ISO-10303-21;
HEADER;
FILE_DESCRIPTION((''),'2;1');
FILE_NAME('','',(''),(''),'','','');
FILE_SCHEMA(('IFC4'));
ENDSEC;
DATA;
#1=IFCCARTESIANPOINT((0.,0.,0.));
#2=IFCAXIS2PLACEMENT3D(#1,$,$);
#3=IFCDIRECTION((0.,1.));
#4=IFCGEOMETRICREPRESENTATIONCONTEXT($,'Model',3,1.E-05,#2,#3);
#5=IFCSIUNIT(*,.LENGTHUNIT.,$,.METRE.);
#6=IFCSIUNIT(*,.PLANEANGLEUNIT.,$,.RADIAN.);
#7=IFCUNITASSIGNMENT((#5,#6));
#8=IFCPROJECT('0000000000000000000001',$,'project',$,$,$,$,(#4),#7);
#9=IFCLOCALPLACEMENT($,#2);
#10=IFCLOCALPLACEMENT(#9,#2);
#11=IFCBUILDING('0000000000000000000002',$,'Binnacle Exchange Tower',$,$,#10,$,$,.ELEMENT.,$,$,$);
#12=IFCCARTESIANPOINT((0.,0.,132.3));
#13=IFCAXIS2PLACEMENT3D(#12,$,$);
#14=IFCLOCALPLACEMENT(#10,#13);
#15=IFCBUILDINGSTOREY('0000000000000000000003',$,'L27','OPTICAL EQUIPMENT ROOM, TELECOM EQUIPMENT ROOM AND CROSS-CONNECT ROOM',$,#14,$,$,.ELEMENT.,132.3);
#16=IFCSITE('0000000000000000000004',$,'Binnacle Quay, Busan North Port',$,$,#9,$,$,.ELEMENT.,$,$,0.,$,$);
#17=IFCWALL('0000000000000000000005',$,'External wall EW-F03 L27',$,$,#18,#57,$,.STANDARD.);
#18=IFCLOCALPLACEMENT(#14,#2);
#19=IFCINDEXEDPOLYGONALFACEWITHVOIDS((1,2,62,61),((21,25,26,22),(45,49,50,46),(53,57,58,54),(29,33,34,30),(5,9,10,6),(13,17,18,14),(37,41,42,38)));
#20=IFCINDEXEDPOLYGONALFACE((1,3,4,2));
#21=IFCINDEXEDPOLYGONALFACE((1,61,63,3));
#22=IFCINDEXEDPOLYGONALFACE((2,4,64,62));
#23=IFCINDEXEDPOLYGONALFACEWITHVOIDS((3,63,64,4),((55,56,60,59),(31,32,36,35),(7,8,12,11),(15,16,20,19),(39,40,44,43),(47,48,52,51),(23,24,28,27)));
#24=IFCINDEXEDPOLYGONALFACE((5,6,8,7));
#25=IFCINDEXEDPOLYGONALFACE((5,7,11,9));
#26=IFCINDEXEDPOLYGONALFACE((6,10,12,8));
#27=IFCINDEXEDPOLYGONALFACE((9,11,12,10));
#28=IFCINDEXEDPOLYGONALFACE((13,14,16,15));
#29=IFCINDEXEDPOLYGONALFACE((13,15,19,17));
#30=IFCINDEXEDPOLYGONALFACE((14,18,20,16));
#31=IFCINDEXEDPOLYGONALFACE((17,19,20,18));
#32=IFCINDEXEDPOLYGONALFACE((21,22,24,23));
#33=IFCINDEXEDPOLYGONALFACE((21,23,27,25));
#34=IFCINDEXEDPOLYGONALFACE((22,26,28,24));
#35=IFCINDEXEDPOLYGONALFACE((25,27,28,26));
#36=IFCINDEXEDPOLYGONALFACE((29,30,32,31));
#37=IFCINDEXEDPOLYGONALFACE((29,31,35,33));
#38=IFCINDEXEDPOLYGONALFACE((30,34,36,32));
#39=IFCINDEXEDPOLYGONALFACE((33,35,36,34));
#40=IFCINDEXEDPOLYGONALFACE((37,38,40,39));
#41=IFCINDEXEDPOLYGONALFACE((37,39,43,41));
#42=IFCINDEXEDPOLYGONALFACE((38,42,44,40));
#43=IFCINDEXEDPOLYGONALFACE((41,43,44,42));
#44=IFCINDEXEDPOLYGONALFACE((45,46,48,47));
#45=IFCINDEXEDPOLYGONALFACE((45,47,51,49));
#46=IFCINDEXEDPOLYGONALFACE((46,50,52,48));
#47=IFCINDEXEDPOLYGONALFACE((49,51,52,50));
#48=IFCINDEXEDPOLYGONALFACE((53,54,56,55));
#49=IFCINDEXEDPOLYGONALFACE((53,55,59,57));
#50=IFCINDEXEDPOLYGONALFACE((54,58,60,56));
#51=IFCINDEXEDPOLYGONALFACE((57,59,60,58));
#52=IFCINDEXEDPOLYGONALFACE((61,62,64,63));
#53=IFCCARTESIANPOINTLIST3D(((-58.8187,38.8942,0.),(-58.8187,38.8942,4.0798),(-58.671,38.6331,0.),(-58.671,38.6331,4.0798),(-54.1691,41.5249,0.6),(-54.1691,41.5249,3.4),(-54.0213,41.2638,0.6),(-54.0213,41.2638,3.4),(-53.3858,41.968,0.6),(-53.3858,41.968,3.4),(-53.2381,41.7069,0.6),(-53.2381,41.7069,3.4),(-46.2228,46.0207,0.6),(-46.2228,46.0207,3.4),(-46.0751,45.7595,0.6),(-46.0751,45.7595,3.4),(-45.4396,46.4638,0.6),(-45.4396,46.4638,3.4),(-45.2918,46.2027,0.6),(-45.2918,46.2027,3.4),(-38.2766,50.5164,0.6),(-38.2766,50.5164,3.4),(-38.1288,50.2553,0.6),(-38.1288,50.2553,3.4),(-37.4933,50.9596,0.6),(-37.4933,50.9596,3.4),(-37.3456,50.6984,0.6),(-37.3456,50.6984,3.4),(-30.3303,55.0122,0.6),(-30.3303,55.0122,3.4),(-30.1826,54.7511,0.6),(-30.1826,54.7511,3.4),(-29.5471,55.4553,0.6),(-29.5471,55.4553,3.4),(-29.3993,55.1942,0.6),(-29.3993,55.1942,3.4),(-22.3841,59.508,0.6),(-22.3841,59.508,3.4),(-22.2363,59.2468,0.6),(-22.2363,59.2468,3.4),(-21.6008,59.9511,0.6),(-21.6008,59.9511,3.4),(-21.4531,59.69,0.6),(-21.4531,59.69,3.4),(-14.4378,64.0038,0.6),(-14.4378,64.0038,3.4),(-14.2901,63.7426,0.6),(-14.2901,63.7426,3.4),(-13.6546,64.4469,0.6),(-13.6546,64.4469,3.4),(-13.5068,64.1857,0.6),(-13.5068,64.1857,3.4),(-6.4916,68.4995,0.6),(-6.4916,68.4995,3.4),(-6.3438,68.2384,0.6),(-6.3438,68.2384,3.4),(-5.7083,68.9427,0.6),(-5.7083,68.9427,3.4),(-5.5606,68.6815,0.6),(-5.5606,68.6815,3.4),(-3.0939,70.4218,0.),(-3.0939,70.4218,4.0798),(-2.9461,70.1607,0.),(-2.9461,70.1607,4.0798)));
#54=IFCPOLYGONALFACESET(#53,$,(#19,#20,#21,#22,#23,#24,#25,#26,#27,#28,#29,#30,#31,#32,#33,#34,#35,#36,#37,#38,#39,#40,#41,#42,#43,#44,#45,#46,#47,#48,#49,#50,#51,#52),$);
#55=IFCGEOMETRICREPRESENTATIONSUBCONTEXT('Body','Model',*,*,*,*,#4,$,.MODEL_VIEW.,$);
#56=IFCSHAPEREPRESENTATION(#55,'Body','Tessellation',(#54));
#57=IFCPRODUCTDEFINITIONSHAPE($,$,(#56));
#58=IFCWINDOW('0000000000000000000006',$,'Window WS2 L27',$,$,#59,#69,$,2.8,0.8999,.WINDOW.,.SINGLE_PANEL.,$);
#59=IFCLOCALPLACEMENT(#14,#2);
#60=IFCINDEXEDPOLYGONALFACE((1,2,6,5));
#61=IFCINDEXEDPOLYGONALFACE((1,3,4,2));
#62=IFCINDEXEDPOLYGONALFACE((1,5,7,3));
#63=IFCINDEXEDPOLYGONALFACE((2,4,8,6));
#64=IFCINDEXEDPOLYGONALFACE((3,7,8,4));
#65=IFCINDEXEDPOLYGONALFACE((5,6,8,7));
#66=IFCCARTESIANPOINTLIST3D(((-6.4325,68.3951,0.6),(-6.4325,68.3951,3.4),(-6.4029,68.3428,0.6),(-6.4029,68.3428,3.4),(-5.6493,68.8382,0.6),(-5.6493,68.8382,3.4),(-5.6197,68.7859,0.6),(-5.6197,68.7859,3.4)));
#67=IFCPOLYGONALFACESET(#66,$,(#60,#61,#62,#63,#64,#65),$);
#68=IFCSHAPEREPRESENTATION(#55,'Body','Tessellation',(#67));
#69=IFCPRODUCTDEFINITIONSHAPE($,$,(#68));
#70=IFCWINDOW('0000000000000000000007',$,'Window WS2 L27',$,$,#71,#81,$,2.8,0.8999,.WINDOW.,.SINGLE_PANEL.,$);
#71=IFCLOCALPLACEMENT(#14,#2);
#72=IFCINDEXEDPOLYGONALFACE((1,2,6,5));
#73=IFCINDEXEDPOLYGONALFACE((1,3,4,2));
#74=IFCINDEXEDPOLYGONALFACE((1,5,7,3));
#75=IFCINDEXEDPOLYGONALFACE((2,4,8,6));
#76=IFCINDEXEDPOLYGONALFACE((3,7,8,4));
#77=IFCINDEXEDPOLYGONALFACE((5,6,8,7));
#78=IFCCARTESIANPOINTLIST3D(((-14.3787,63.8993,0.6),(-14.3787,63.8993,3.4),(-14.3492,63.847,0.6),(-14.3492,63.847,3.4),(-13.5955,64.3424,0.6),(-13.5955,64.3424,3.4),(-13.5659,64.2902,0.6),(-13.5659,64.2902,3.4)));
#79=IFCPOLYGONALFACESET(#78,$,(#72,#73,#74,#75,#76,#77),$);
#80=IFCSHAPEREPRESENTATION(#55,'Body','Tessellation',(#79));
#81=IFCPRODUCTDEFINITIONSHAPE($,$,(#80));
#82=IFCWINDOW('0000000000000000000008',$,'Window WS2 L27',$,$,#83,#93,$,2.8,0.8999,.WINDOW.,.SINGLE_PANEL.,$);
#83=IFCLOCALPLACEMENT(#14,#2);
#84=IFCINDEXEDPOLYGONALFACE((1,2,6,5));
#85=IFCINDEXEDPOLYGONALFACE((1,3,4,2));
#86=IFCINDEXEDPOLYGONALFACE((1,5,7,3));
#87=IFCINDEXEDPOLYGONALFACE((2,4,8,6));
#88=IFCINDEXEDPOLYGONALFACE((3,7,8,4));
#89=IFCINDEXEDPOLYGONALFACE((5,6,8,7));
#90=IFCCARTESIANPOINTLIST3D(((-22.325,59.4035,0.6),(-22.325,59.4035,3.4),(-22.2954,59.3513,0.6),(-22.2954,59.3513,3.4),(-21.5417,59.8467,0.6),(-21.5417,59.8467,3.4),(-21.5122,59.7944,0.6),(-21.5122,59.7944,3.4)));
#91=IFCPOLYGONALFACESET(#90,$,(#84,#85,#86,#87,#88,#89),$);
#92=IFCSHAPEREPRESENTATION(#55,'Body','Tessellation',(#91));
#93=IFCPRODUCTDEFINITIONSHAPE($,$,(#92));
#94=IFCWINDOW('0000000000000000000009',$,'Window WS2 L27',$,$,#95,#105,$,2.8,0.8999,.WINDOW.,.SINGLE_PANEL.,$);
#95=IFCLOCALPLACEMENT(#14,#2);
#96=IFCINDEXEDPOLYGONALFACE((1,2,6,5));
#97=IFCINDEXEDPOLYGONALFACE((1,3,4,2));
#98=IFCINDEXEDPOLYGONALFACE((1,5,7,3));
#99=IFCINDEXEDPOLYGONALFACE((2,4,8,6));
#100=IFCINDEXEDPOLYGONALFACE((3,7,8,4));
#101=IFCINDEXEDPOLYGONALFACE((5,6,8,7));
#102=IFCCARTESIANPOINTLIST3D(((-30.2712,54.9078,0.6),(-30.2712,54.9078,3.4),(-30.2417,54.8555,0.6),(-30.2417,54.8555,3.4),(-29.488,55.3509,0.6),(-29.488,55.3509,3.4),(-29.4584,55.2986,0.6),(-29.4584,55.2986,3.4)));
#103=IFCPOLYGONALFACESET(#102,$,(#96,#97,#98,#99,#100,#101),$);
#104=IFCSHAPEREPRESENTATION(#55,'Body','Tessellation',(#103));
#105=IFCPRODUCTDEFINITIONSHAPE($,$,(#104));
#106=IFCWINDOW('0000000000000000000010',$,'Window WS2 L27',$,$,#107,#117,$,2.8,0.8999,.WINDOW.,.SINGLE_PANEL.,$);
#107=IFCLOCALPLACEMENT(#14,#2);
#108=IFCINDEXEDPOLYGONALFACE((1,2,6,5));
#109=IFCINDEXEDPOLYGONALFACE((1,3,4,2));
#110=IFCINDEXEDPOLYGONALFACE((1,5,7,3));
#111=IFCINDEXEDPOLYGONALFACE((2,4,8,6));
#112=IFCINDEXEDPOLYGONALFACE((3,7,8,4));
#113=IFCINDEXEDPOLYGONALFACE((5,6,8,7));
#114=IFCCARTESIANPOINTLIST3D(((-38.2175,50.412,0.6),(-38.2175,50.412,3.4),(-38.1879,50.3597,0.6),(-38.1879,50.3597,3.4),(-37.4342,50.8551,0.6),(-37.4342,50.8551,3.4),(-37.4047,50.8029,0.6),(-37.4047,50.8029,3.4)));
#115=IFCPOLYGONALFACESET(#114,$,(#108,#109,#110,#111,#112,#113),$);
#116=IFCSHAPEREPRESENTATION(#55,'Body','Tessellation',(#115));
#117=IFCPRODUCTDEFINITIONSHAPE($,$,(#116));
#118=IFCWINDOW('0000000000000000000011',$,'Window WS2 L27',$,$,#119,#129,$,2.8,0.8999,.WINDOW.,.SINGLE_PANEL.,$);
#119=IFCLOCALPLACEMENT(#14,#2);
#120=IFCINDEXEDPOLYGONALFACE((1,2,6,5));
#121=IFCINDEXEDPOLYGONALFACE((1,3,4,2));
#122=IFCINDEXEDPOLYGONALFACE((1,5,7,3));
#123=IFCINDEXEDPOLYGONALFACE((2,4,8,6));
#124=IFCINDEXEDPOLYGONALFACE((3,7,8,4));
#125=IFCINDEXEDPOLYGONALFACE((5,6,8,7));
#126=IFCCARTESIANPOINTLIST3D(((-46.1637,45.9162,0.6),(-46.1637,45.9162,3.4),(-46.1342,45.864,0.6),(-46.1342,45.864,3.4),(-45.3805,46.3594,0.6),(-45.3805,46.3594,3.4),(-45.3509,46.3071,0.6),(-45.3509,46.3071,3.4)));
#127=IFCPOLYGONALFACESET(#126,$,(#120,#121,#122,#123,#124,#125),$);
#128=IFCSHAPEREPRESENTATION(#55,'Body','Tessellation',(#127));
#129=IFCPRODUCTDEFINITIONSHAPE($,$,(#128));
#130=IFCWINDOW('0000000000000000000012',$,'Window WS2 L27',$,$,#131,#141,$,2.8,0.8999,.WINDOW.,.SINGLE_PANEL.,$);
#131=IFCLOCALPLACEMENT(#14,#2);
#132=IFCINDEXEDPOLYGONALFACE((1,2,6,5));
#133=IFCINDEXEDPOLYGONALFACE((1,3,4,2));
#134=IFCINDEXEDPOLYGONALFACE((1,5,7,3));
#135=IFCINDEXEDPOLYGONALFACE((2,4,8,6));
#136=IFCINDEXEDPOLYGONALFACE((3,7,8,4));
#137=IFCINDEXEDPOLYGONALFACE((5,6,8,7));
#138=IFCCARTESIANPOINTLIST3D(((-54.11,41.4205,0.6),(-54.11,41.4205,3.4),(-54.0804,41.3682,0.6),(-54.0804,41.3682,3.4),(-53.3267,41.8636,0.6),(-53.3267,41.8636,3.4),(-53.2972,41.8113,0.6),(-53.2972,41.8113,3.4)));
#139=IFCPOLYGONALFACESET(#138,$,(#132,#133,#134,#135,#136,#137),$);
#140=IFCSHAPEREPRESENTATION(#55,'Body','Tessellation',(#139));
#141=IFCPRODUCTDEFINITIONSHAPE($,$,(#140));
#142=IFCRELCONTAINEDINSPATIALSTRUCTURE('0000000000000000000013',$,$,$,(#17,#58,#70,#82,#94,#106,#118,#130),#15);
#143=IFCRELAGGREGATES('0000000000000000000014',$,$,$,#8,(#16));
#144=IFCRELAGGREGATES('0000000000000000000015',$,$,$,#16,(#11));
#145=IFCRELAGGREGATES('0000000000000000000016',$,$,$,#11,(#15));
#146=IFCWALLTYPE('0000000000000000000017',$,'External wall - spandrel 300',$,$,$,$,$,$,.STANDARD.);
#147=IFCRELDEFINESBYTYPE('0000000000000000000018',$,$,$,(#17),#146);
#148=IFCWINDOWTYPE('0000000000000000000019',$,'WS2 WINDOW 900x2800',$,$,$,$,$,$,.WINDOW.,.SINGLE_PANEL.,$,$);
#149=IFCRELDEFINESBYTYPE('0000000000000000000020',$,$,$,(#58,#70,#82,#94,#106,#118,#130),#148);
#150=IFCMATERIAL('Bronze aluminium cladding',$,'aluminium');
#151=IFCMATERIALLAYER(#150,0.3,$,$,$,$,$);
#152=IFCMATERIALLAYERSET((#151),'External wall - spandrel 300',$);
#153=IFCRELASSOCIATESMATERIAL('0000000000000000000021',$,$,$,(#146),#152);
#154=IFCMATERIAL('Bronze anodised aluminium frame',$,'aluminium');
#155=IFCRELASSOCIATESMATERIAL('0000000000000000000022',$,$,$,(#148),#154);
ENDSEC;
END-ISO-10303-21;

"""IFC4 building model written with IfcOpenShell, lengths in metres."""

from ifc_helpers import new_model, si_unit, direction, frame, frame_2d, origin, place, context, subcontext, project, spatial, rectangle, extrude, material, layer, layer_set, type_object, element, fill, save


model = new_model("IFC4")

# Units and contexts
model_context = context("Model", 3, precision=1e-05, world=origin(), true_north=direction((0.0, 1.0)))
body_context = subcontext(model_context, "Body", "Model", "MODEL_VIEW")
ifc_project = project(units=[si_unit("LENGTHUNIT", "METRE"), si_unit("PLANEANGLEUNIT", "RADIAN")], contexts=[model_context])

# Site, building, storey
site_placement = place(None, origin())
site = spatial("IfcSite", under=ifc_project, at=site_placement, Name="Binnacle Quay, Busan North Port", CompositionType="ELEMENT", RefElevation=0.0)
building_placement = place(site_placement, origin())
building = spatial("IfcBuilding", under=site, at=building_placement, Name="Binnacle Exchange Tower", CompositionType="ELEMENT")
storey_placement = place(building_placement, frame((0.0, 0.0, 132.3)))
storey = spatial("IfcBuildingStorey", under=building, at=storey_placement, Name="L27", Description="OPTICAL EQUIPMENT ROOM, TELECOM EQUIPMENT ROOM AND CROSS-CONNECT ROOM", CompositionType="ELEMENT", Elevation=132.3)

# Wall, openings, windows
ifc_material_1 = material(Name="Bronze aluminium cladding", Category="aluminium")
ifc_layer_1 = layer(ifc_material_1, 0.3)
ifc_layer_set_1 = layer_set([ifc_layer_1], Name="External wall - spandrel 300")
wall_type_1 = type_object("IfcWallType", Name="External wall - spandrel 300", PredefinedType="STANDARD", material=ifc_layer_set_1)
wall_1_placement = place(storey_placement, frame((-58.7449, 38.7637, 0.0), z_axis=(0.0, 0.0, 1.0), x_axis=(0.870356, 0.492423, 0.0)))
wall_1 = element("IfcWall", 1, at=wall_1_placement, inside=storey, type_object=wall_type_1, Name="External wall EW-F03 L27", PredefinedType="STANDARD", context=body_context, shape_type="SweptSolid", body=[
    extrude(rectangle(XDim=64.0254, YDim=0.3, at=frame_2d((32.0127, 0.0))), origin(), (0.0, 0.0, 1.0), 4.0798),
])
opening_1_placement = place(wall_1_placement, frame((60.1216, 0.0, 0.6001)))
opening_1 = element("IfcOpeningElement", 2, at=opening_1_placement, cuts=wall_1, PredefinedType="OPENING", context=body_context, shape_type="SweptSolid", body=[
    extrude(rectangle(XDim=0.8999, YDim=2.8, at=frame_2d((0.45, 1.3999))), frame((0.0, 0.1599, 0.0), z_axis=(0.0, -1.0, 0.0), x_axis=(1.0, 0.0, 0.0)), (0.0, 0.0, 1.0), 0.3201),
])
opening_2_placement = place(wall_1_placement, frame((50.9917, 0.0, 0.6001)))
opening_2 = element("IfcOpeningElement", 3, at=opening_2_placement, cuts=wall_1, PredefinedType="OPENING", context=body_context, shape_type="SweptSolid", body=[
    extrude(rectangle(XDim=0.8999, YDim=2.8, at=frame_2d((0.45, 1.3999))), frame((0.0, 0.1599, 0.0), z_axis=(0.0, -1.0, 0.0), x_axis=(1.0, 0.0, 0.0)), (0.0, 0.0, 1.0), 0.3201),
])
opening_3_placement = place(wall_1_placement, frame((41.8618, 0.0, 0.6001)))
opening_3 = element("IfcOpeningElement", 4, at=opening_3_placement, cuts=wall_1, PredefinedType="OPENING", context=body_context, shape_type="SweptSolid", body=[
    extrude(rectangle(XDim=0.8999, YDim=2.8, at=frame_2d((0.45, 1.3999))), frame((0.0, 0.1599, 0.0), z_axis=(0.0, -1.0, 0.0), x_axis=(1.0, 0.0, 0.0)), (0.0, 0.0, 1.0), 0.3201),
])
opening_4_placement = place(wall_1_placement, frame((32.7319, 0.0, 0.6001)))
opening_4 = element("IfcOpeningElement", 5, at=opening_4_placement, cuts=wall_1, PredefinedType="OPENING", context=body_context, shape_type="SweptSolid", body=[
    extrude(rectangle(XDim=0.8999, YDim=2.8, at=frame_2d((0.45, 1.3999))), frame((0.0, 0.1599, 0.0), z_axis=(0.0, -1.0, 0.0), x_axis=(1.0, 0.0, 0.0)), (0.0, 0.0, 1.0), 0.3201),
])
opening_5_placement = place(wall_1_placement, frame((23.6021, 0.0, 0.6001)))
opening_5 = element("IfcOpeningElement", 6, at=opening_5_placement, cuts=wall_1, PredefinedType="OPENING", context=body_context, shape_type="SweptSolid", body=[
    extrude(rectangle(XDim=0.8999, YDim=2.8, at=frame_2d((0.45, 1.3999))), frame((0.0, 0.1599, 0.0), z_axis=(0.0, -1.0, 0.0), x_axis=(1.0, 0.0, 0.0)), (0.0, 0.0, 1.0), 0.3201),
])
opening_6_placement = place(wall_1_placement, frame((14.4722, 0.0, 0.6001)))
opening_6 = element("IfcOpeningElement", 7, at=opening_6_placement, cuts=wall_1, PredefinedType="OPENING", context=body_context, shape_type="SweptSolid", body=[
    extrude(rectangle(XDim=0.8999, YDim=2.8, at=frame_2d((0.45, 1.3999))), frame((0.0, 0.1599, 0.0), z_axis=(0.0, -1.0, 0.0), x_axis=(1.0, 0.0, 0.0)), (0.0, 0.0, 1.0), 0.3201),
])
opening_7_placement = place(wall_1_placement, frame((5.3423, 0.0, 0.6001)))
opening_7 = element("IfcOpeningElement", 8, at=opening_7_placement, cuts=wall_1, PredefinedType="OPENING", context=body_context, shape_type="SweptSolid", body=[
    extrude(rectangle(XDim=0.8999, YDim=2.8, at=frame_2d((0.45, 1.3999))), frame((0.0, 0.1599, 0.0), z_axis=(0.0, -1.0, 0.0), x_axis=(1.0, 0.0, 0.0)), (0.0, 0.0, 1.0), 0.3201),
])
ifc_material_2 = material(Name="Bronze anodised aluminium frame", Category="aluminium")
window_type = type_object("IfcWindowType", Name="WS2 WINDOW 900x2800", PartitioningType="SINGLE_PANEL", PredefinedType="WINDOW", material=ifc_material_2)
window_1_placement = place(opening_1_placement, origin())
window_1 = element("IfcWindow", 9, at=window_1_placement, inside=storey, type_object=window_type, Name="Window WS2 L27", OverallHeight=2.8, OverallWidth=0.8999, PartitioningType="SINGLE_PANEL", PredefinedType="WINDOW", context=body_context, shape_type="SweptSolid", body=[
    extrude(rectangle(XDim=0.8999, YDim=2.8, at=frame_2d((0.45, 1.3999))), frame((0.0, 0.03, 0.0), z_axis=(0.0, -1.0, 0.0), x_axis=(1.0, 0.0, 0.0)), (0.0, 0.0, 1.0), 0.0601),
])
fill(opening_1, window_1)
window_2_placement = place(opening_2_placement, origin())
window_2 = element("IfcWindow", 10, at=window_2_placement, inside=storey, type_object=window_type, Name="Window WS2 L27", OverallHeight=2.8, OverallWidth=0.8999, PartitioningType="SINGLE_PANEL", PredefinedType="WINDOW", context=body_context, shape_type="SweptSolid", body=[
    extrude(rectangle(XDim=0.8999, YDim=2.8, at=frame_2d((0.45, 1.3999))), frame((0.0, 0.03, 0.0), z_axis=(0.0, -1.0, 0.0), x_axis=(1.0, 0.0, 0.0)), (0.0, 0.0, 1.0), 0.0601),
])
fill(opening_2, window_2)
window_3_placement = place(opening_3_placement, origin())
window_3 = element("IfcWindow", 11, at=window_3_placement, inside=storey, type_object=window_type, Name="Window WS2 L27", OverallHeight=2.8, OverallWidth=0.8999, PartitioningType="SINGLE_PANEL", PredefinedType="WINDOW", context=body_context, shape_type="SweptSolid", body=[
    extrude(rectangle(XDim=0.8999, YDim=2.8, at=frame_2d((0.45, 1.3999))), frame((0.0, 0.03, 0.0), z_axis=(0.0, -1.0, 0.0), x_axis=(1.0, 0.0, 0.0)), (0.0, 0.0, 1.0), 0.0601),
])
fill(opening_3, window_3)
window_4_placement = place(opening_4_placement, origin())
window_4 = element("IfcWindow", 12, at=window_4_placement, inside=storey, type_object=window_type, Name="Window WS2 L27", OverallHeight=2.8, OverallWidth=0.8999, PartitioningType="SINGLE_PANEL", PredefinedType="WINDOW", context=body_context, shape_type="SweptSolid", body=[
    extrude(rectangle(XDim=0.8999, YDim=2.8, at=frame_2d((0.45, 1.3999))), frame((0.0, 0.03, 0.0), z_axis=(0.0, -1.0, 0.0), x_axis=(1.0, 0.0, 0.0)), (0.0, 0.0, 1.0), 0.0601),
])
fill(opening_4, window_4)
window_5_placement = place(opening_5_placement, origin())
window_5 = element("IfcWindow", 13, at=window_5_placement, inside=storey, type_object=window_type, Name="Window WS2 L27", OverallHeight=2.8, OverallWidth=0.8999, PartitioningType="SINGLE_PANEL", PredefinedType="WINDOW", context=body_context, shape_type="SweptSolid", body=[
    extrude(rectangle(XDim=0.8999, YDim=2.8, at=frame_2d((0.45, 1.3999))), frame((0.0, 0.03, 0.0), z_axis=(0.0, -1.0, 0.0), x_axis=(1.0, 0.0, 0.0)), (0.0, 0.0, 1.0), 0.0601),
])
fill(opening_5, window_5)
window_6_placement = place(opening_6_placement, origin())
window_6 = element("IfcWindow", 14, at=window_6_placement, inside=storey, type_object=window_type, Name="Window WS2 L27", OverallHeight=2.8, OverallWidth=0.8999, PartitioningType="SINGLE_PANEL", PredefinedType="WINDOW", context=body_context, shape_type="SweptSolid", body=[
    extrude(rectangle(XDim=0.8999, YDim=2.8, at=frame_2d((0.45, 1.3999))), frame((0.0, 0.03, 0.0), z_axis=(0.0, -1.0, 0.0), x_axis=(1.0, 0.0, 0.0)), (0.0, 0.0, 1.0), 0.0601),
])
fill(opening_6, window_6)
window_7_placement = place(opening_7_placement, origin())
window_7 = element("IfcWindow", 15, at=window_7_placement, inside=storey, type_object=window_type, Name="Window WS2 L27", OverallHeight=2.8, OverallWidth=0.8999, PartitioningType="SINGLE_PANEL", PredefinedType="WINDOW", context=body_context, shape_type="SweptSolid", body=[
    extrude(rectangle(XDim=0.8999, YDim=2.8, at=frame_2d((0.45, 1.3999))), frame((0.0, 0.03, 0.0), z_axis=(0.0, -1.0, 0.0), x_axis=(1.0, 0.0, 0.0)), (0.0, 0.0, 1.0), 0.0601),
])
fill(opening_7, window_7)

save(model, "model.ifc")
